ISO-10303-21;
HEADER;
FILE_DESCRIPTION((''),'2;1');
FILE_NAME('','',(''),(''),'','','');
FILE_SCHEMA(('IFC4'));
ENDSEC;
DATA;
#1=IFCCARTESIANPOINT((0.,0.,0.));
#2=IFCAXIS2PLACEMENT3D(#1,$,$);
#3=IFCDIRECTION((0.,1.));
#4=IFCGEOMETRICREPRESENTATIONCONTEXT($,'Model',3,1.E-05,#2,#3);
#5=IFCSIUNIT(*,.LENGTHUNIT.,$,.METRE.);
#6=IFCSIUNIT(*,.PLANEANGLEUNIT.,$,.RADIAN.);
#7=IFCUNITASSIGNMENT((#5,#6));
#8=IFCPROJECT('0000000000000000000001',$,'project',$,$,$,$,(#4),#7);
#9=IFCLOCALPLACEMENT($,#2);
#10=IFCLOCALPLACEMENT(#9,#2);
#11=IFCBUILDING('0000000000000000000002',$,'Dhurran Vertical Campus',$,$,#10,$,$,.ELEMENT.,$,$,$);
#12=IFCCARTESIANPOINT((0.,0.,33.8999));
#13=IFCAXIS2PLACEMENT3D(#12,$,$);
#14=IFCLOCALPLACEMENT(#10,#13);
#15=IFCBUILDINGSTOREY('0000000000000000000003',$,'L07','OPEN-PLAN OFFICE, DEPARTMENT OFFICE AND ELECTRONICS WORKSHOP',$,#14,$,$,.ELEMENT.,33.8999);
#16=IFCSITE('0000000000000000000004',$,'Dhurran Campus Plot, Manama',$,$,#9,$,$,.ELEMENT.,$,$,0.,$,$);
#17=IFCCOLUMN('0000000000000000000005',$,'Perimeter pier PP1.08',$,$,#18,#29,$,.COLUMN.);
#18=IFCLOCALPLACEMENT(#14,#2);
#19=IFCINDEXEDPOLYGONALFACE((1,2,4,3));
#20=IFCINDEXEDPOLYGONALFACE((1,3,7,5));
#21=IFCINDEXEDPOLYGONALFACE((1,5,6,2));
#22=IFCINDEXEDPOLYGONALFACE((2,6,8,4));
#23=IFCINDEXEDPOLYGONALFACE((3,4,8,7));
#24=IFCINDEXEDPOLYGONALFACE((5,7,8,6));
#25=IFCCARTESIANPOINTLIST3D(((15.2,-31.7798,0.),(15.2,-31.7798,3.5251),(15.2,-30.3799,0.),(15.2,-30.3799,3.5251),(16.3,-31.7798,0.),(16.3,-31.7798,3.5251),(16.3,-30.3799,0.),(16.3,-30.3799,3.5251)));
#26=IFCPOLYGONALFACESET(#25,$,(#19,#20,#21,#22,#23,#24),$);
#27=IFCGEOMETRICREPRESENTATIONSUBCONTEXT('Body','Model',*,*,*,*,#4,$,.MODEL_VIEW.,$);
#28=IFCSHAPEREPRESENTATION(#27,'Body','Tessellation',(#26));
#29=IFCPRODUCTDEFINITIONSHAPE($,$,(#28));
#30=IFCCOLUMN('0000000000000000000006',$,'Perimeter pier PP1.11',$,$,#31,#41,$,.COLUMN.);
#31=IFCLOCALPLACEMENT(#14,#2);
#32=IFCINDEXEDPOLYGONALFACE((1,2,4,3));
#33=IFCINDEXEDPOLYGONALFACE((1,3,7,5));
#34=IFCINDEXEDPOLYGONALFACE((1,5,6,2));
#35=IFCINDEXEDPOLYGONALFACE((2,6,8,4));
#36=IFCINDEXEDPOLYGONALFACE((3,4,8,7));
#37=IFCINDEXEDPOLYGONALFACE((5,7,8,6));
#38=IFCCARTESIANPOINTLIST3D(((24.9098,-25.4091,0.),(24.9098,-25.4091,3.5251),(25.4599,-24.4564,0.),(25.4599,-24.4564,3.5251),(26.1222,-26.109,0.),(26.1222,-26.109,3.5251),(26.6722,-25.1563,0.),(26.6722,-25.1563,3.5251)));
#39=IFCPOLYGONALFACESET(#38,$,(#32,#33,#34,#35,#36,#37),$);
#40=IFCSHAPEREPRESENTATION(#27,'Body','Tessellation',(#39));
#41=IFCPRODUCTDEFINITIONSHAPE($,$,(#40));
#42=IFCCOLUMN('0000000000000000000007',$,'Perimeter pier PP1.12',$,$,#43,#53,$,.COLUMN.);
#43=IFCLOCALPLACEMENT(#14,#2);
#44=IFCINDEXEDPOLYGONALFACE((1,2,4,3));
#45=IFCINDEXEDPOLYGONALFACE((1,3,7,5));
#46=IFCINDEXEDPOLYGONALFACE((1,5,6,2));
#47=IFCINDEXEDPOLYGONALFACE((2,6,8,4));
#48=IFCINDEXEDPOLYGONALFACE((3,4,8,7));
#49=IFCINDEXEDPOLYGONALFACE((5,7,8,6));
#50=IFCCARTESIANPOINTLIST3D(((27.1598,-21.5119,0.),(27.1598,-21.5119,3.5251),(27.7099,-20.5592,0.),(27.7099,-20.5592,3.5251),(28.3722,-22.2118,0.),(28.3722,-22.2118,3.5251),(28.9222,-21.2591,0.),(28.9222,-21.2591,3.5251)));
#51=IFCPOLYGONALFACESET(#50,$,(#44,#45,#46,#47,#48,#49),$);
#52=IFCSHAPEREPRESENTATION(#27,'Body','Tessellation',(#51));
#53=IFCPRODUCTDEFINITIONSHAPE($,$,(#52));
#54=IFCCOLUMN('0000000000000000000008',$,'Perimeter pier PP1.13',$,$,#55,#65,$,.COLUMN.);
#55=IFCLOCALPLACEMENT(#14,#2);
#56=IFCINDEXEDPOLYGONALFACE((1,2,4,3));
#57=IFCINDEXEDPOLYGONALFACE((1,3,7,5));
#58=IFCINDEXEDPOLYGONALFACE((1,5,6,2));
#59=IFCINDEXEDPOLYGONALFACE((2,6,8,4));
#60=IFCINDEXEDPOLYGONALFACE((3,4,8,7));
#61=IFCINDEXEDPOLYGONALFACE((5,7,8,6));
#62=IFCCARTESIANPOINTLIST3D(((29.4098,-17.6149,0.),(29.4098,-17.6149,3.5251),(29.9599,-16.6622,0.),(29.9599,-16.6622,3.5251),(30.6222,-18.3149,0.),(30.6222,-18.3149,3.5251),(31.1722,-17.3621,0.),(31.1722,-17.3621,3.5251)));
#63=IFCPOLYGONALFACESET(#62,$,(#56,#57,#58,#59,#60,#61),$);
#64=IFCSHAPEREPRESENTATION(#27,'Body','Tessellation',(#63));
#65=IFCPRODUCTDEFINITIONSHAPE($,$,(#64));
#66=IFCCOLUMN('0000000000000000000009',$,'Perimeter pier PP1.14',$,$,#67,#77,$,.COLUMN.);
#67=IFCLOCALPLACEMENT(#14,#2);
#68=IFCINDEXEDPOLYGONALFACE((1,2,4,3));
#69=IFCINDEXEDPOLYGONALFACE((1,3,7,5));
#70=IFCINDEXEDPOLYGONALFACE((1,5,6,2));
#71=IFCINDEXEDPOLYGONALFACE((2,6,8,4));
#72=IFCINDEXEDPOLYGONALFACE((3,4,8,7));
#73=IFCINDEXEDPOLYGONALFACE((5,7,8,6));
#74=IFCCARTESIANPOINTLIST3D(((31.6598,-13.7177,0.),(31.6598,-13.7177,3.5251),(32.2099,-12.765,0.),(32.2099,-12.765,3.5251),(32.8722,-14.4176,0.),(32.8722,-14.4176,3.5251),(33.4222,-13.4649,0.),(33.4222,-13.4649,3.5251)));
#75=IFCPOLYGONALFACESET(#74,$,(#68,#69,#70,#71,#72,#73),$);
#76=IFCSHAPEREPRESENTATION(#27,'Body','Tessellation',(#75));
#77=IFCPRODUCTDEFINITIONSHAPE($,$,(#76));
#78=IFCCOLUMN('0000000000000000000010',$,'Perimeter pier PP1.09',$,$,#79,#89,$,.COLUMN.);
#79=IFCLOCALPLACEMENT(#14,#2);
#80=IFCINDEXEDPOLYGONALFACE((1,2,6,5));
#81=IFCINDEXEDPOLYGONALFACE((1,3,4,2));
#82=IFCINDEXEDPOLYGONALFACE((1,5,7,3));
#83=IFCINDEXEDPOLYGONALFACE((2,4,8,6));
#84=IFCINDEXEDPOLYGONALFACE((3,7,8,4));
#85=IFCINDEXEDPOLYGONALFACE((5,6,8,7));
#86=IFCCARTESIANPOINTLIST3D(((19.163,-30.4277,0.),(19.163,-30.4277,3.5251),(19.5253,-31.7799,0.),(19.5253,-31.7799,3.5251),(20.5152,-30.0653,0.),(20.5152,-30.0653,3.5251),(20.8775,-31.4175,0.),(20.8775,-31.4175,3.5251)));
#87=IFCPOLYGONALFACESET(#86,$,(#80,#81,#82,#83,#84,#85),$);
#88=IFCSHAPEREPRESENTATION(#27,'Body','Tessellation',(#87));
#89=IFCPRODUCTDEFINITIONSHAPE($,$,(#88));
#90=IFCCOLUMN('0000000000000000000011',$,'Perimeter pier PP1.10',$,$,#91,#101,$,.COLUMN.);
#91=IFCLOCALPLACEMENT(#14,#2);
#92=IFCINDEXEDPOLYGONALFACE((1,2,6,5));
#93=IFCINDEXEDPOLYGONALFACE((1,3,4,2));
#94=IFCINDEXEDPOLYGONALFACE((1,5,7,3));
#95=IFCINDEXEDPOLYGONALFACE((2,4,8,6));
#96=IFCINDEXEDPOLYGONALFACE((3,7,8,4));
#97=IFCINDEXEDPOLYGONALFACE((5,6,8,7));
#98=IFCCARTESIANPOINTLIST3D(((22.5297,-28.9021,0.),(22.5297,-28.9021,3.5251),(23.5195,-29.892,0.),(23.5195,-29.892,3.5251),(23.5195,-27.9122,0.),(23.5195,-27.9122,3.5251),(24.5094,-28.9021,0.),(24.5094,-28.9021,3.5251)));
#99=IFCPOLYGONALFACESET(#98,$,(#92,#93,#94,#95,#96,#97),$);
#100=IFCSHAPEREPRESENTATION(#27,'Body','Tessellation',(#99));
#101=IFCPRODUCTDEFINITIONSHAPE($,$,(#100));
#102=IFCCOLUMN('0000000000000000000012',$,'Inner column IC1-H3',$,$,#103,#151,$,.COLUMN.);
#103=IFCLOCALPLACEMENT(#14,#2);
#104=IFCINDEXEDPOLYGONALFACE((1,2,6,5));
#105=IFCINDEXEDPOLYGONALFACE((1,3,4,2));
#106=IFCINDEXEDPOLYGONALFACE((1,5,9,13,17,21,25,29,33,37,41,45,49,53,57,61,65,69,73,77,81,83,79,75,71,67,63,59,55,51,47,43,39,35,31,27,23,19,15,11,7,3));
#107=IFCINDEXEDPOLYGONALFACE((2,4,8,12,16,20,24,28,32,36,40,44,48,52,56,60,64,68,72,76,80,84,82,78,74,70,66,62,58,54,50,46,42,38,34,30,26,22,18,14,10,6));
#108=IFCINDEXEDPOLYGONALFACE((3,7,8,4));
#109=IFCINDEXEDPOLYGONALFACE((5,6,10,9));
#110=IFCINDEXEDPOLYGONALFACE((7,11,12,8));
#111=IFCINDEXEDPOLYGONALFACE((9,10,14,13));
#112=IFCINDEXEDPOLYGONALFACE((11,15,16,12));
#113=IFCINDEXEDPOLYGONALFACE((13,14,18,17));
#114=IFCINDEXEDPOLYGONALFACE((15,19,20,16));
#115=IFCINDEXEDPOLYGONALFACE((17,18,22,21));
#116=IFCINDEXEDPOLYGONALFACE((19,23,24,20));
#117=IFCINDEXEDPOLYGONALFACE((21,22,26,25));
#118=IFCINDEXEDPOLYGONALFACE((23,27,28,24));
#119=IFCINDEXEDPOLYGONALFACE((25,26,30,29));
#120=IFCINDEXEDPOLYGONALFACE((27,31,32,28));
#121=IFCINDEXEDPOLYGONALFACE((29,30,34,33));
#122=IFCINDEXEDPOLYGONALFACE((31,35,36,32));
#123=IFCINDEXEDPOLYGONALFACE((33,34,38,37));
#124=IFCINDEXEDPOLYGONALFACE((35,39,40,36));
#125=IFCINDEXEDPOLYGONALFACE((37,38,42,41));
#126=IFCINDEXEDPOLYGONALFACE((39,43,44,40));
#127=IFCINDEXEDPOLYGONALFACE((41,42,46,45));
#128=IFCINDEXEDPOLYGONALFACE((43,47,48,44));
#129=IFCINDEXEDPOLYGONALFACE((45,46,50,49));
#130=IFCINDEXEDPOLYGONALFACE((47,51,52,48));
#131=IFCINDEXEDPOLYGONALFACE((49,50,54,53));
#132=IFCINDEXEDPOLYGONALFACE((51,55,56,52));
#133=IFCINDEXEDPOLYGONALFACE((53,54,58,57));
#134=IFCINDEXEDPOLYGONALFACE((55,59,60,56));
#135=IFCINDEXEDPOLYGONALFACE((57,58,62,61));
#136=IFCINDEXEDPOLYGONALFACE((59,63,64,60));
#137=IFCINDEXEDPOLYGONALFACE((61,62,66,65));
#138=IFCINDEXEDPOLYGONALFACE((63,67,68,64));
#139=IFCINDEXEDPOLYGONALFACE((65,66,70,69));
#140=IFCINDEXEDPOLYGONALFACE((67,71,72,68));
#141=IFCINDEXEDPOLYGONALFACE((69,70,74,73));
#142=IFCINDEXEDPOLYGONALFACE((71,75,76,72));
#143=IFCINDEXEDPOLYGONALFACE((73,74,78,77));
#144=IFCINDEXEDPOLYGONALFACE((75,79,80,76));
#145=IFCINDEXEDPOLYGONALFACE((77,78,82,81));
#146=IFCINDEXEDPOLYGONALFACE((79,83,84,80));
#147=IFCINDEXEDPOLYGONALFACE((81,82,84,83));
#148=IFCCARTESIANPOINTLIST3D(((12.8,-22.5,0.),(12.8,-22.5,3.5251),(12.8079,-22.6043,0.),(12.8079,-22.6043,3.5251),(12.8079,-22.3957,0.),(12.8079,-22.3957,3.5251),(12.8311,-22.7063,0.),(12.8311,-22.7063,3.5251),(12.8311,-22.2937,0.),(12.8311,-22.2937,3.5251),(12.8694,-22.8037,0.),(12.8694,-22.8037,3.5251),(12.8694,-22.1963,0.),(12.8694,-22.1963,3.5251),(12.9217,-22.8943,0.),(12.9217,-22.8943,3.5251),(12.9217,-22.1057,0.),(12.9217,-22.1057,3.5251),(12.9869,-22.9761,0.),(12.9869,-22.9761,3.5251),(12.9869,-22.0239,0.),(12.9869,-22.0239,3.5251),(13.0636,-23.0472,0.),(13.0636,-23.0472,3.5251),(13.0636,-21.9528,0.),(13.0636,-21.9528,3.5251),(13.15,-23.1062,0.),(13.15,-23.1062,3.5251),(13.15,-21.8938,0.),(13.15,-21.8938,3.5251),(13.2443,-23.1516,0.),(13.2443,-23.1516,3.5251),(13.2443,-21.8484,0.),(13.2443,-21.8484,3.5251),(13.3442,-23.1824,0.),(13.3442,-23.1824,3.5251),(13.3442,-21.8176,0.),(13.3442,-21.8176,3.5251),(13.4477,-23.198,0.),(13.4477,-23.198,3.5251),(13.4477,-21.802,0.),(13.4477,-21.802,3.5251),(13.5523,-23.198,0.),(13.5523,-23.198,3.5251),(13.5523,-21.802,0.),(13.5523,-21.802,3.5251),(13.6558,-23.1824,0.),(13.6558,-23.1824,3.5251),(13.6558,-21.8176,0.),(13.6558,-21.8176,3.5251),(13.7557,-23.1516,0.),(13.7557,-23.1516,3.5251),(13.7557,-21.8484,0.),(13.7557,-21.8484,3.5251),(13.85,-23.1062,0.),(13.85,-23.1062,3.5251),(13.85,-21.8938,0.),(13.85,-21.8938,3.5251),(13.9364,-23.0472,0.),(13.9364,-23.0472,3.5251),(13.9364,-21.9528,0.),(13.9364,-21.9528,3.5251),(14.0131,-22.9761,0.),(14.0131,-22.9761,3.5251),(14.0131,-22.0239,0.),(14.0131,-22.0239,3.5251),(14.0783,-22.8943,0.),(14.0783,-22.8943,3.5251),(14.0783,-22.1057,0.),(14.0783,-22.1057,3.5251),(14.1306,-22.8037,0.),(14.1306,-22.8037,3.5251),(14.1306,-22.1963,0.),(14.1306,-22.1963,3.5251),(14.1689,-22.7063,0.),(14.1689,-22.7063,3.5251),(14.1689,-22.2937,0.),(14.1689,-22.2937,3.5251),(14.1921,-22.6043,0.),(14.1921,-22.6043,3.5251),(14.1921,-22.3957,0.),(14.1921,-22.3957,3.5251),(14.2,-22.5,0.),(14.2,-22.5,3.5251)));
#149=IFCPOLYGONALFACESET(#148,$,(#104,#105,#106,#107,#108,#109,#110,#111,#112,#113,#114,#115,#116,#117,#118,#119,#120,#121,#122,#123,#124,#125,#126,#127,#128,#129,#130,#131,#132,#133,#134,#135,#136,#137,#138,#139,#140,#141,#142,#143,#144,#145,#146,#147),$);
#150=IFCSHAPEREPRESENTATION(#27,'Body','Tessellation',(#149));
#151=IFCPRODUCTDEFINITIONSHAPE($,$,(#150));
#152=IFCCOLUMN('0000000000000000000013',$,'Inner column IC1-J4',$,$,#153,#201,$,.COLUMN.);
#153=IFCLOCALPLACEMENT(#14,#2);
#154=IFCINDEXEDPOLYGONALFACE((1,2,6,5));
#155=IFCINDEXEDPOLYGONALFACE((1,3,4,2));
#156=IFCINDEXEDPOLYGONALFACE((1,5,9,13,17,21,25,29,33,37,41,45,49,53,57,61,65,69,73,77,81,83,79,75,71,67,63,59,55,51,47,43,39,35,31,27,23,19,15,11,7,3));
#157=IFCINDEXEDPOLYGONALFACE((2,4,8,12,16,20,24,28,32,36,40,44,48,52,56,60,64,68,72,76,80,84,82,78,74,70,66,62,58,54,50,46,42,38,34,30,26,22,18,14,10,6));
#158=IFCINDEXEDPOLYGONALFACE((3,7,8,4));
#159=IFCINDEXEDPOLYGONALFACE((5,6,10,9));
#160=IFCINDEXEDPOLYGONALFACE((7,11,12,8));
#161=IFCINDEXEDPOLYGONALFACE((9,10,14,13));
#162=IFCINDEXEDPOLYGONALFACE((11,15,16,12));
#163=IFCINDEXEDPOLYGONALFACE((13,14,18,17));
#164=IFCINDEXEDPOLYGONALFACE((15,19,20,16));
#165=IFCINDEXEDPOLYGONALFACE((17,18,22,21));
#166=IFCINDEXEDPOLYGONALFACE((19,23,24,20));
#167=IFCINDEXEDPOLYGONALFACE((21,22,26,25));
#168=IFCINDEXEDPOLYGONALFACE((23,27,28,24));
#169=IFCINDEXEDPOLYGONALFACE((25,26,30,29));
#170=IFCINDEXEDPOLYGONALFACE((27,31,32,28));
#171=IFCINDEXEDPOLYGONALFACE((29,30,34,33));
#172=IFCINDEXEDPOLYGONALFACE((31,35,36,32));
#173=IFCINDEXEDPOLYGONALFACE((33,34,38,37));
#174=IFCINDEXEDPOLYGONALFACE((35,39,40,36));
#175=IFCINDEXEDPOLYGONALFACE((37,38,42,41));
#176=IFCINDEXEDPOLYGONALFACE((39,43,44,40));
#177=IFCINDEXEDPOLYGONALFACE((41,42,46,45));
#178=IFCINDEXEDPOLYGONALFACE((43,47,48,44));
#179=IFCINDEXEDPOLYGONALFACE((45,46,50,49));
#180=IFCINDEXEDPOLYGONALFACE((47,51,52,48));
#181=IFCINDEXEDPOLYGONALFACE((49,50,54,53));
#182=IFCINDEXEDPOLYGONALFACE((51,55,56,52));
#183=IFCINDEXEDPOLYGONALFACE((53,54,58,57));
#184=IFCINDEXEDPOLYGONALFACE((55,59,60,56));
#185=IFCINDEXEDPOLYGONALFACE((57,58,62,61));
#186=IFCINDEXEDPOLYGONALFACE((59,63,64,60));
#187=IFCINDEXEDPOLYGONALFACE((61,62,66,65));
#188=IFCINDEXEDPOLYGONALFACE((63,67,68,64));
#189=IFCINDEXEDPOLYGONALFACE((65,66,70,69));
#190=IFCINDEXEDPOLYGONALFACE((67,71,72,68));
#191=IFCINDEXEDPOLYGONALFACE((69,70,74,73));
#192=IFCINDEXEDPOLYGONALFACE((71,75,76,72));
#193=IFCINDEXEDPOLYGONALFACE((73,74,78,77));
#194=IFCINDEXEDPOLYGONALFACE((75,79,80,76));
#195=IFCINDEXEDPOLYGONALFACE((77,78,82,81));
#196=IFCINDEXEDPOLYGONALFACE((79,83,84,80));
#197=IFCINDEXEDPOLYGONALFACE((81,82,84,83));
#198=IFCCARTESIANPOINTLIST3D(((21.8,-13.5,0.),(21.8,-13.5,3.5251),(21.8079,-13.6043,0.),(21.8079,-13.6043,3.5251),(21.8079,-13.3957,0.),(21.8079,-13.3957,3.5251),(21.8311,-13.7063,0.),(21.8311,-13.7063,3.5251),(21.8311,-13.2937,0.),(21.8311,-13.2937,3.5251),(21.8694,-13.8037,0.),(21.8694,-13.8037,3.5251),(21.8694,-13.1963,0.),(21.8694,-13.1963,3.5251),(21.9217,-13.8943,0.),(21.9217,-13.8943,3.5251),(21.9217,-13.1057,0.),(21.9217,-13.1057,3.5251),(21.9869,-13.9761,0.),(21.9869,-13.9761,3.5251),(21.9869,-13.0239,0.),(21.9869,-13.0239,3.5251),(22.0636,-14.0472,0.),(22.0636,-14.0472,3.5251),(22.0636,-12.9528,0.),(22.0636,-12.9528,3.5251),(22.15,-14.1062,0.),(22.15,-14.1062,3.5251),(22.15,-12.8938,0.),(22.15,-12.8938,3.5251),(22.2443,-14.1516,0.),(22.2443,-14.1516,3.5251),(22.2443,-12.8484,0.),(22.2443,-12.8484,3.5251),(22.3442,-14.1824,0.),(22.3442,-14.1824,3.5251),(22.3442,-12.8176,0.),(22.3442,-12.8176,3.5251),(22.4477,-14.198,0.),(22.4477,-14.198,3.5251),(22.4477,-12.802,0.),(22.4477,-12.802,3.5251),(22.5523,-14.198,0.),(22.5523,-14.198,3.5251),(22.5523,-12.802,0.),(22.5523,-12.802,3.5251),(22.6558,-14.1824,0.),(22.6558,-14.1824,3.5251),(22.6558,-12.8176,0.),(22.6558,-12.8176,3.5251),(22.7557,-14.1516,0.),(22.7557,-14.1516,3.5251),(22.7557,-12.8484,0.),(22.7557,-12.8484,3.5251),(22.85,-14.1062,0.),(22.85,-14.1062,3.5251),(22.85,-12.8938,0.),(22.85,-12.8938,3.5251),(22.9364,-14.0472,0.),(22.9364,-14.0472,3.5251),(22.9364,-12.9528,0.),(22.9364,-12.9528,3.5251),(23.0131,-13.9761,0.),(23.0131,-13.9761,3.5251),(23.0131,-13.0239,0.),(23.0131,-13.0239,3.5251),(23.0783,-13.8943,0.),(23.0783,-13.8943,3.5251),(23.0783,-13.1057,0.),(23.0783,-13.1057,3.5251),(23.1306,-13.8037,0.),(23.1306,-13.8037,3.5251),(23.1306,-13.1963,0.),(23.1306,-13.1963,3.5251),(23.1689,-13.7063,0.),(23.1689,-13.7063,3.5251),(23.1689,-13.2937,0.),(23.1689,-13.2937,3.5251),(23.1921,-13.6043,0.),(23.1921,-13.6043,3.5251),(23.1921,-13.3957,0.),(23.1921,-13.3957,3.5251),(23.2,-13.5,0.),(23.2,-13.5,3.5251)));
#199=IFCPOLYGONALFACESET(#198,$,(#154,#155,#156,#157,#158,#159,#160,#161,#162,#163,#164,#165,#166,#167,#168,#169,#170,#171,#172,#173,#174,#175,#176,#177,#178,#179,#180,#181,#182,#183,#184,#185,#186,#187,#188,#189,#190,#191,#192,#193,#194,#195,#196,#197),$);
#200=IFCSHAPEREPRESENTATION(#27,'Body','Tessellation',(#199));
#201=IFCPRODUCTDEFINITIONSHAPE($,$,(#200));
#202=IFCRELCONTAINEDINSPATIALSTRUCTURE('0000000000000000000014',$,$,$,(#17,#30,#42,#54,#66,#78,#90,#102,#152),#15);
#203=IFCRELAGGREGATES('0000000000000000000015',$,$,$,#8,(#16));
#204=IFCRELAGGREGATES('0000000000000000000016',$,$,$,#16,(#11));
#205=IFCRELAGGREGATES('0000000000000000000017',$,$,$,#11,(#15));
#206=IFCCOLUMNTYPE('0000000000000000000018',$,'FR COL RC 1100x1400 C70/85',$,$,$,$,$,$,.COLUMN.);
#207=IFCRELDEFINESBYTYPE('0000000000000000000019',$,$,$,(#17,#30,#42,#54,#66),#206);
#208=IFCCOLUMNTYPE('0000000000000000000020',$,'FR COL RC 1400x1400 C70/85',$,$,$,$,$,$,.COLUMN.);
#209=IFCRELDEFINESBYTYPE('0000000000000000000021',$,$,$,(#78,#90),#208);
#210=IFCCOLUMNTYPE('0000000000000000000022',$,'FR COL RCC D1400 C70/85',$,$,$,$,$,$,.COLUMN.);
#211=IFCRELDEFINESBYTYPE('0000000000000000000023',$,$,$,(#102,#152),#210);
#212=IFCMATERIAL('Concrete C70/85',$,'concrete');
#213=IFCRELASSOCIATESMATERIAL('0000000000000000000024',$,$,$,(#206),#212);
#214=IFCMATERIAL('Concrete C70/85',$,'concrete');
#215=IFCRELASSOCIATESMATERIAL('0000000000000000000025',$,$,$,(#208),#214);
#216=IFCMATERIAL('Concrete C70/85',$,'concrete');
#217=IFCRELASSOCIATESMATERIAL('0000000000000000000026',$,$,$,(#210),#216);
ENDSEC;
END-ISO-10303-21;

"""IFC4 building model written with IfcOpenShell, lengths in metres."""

from ifc_helpers import new_model, si_unit, direction, frame, origin, origin_2d, place, context, subcontext, project, spatial, rectangle, circle, extrude, material, material_profile, profile_set, type_object, element, save


model = new_model("IFC4")

# Units and contexts
model_context = context("Model", 3, precision=1e-05, world=origin(), true_north=direction((0.0, 1.0)))
body_context = subcontext(model_context, "Body", "Model", "MODEL_VIEW")
ifc_project = project(units=[si_unit("LENGTHUNIT", "METRE"), si_unit("PLANEANGLEUNIT", "RADIAN")], contexts=[model_context])

# Site, building, storey
site_placement = place(None, origin())
site = spatial("IfcSite", under=ifc_project, at=site_placement, Name="Dhurran Campus Plot, Manama", CompositionType="ELEMENT", RefElevation=0.0)
building_placement = place(site_placement, origin())
building = spatial("IfcBuilding", under=site, at=building_placement, Name="Dhurran Vertical Campus", CompositionType="ELEMENT")
storey_placement = place(building_placement, frame((0.0, 0.0, 33.8999)))
storey = spatial("IfcBuildingStorey", under=building, at=storey_placement, Name="L07", Description="OPEN-PLAN OFFICE, DEPARTMENT OFFICE AND ELECTRONICS WORKSHOP", CompositionType="ELEMENT", Elevation=33.8999)

# Columns
ifc_material_1 = material(Name="Concrete C70/85", Category="concrete")
ifc_material_profile_1 = material_profile(ifc_material_1, rectangle(XDim=1.1001, YDim=1.3999, at=origin_2d()), Name="RC 1100x1400")
ifc_profile_set_1 = profile_set([ifc_material_profile_1], Name="Concrete C70/85")
column_type_1 = type_object("IfcColumnType", Name="FR COL RC 1100x1400 C70/85", PredefinedType="COLUMN", material=ifc_profile_set_1)
for number, where, z_axis, x_axis, name in (
    (1, (15.75, -31.0798, 0.0), (0.0, 0.0, 1.0), (1.0, 0.0, 0.0), "Perimeter pier PP1.08"),
    (2, (25.791, -25.2827, 0.0), (0.0, 0.0, 1.0), (0.5, 0.866025, 0.0), "Perimeter pier PP1.11"),
    (3, (28.041, -21.3855, 0.0), (0.0, 0.0, 1.0), (0.5, 0.866025, 0.0), "Perimeter pier PP1.12"),
    (4, (30.291, -17.4885, 0.0), (0.0, 0.0, 1.0), (0.5, 0.866025, 0.0), "Perimeter pier PP1.13"),
    (5, (32.541, -13.5913, 0.0), (0.0, 0.0, 1.0), (0.5, 0.866025, 0.0), "Perimeter pier PP1.14"),
):
    element("IfcColumn", number, at=place(storey_placement, frame(where, z_axis=z_axis, x_axis=x_axis)), inside=storey, type_object=column_type_1, Name=name, PredefinedType="COLUMN", context=body_context, shape_type="SweptSolid", body=[
        extrude(rectangle(XDim=1.1001, YDim=1.3999, at=origin_2d()), origin(), (0.0, 0.0, 1.0), 3.5251),
    ])
ifc_material_2 = material(Name="Concrete C70/85", Category="concrete")
ifc_material_profile_2 = material_profile(ifc_material_2, rectangle(XDim=1.3999, YDim=1.3999, at=origin_2d()), Name="RC 1400x1400")
ifc_profile_set_2 = profile_set([ifc_material_profile_2], Name="Concrete C70/85")
column_type_2 = type_object("IfcColumnType", Name="FR COL RC 1400x1400 C70/85", PredefinedType="COLUMN", material=ifc_profile_set_2)
for number, where, z_axis, x_axis, name in (
    (6, (20.0203, -30.9226, 0.0), (0.0, 0.0, 1.0), (0.965926, 0.258819, 0.0), "Perimeter pier PP1.09"),
    (7, (23.5195, -28.9021, 0.0), (0.0, 0.0, 1.0), (0.707107, 0.707107, 0.0), "Perimeter pier PP1.10"),
):
    element("IfcColumn", number, at=place(storey_placement, frame(where, z_axis=z_axis, x_axis=x_axis)), inside=storey, type_object=column_type_2, Name=name, PredefinedType="COLUMN", context=body_context, shape_type="SweptSolid", body=[
        extrude(rectangle(XDim=1.3999, YDim=1.3999, at=origin_2d()), origin(), (0.0, 0.0, 1.0), 3.5251),
    ])
ifc_material_3 = material(Name="Concrete C70/85", Category="concrete")
ifc_material_profile_3 = material_profile(ifc_material_3, circle(Radius=0.7, at=origin_2d()), Name="RCC D1400")
ifc_profile_set_3 = profile_set([ifc_material_profile_3], Name="Concrete C70/85")
column_type_3 = type_object("IfcColumnType", Name="FR COL RCC D1400 C70/85", PredefinedType="COLUMN", material=ifc_profile_set_3)
for number, where, z_axis, x_axis, name in (
    (8, (13.5, -22.5, 0.0), (0.0, 0.0, 1.0), (1.0, 0.0, 0.0), "Inner column IC1-H3"),
    (9, (22.5, -13.5, 0.0), (0.0, 0.0, 1.0), (1.0, 0.0, 0.0), "Inner column IC1-J4"),
):
    element("IfcColumn", number, at=place(storey_placement, frame(where, z_axis=z_axis, x_axis=x_axis)), inside=storey, type_object=column_type_3, Name=name, PredefinedType="COLUMN", context=body_context, shape_type="SweptSolid", body=[
        extrude(circle(Radius=0.7, at=origin_2d()), origin(), (0.0, 0.0, 1.0), 3.5251),
    ])

save(model, "model.ifc")
